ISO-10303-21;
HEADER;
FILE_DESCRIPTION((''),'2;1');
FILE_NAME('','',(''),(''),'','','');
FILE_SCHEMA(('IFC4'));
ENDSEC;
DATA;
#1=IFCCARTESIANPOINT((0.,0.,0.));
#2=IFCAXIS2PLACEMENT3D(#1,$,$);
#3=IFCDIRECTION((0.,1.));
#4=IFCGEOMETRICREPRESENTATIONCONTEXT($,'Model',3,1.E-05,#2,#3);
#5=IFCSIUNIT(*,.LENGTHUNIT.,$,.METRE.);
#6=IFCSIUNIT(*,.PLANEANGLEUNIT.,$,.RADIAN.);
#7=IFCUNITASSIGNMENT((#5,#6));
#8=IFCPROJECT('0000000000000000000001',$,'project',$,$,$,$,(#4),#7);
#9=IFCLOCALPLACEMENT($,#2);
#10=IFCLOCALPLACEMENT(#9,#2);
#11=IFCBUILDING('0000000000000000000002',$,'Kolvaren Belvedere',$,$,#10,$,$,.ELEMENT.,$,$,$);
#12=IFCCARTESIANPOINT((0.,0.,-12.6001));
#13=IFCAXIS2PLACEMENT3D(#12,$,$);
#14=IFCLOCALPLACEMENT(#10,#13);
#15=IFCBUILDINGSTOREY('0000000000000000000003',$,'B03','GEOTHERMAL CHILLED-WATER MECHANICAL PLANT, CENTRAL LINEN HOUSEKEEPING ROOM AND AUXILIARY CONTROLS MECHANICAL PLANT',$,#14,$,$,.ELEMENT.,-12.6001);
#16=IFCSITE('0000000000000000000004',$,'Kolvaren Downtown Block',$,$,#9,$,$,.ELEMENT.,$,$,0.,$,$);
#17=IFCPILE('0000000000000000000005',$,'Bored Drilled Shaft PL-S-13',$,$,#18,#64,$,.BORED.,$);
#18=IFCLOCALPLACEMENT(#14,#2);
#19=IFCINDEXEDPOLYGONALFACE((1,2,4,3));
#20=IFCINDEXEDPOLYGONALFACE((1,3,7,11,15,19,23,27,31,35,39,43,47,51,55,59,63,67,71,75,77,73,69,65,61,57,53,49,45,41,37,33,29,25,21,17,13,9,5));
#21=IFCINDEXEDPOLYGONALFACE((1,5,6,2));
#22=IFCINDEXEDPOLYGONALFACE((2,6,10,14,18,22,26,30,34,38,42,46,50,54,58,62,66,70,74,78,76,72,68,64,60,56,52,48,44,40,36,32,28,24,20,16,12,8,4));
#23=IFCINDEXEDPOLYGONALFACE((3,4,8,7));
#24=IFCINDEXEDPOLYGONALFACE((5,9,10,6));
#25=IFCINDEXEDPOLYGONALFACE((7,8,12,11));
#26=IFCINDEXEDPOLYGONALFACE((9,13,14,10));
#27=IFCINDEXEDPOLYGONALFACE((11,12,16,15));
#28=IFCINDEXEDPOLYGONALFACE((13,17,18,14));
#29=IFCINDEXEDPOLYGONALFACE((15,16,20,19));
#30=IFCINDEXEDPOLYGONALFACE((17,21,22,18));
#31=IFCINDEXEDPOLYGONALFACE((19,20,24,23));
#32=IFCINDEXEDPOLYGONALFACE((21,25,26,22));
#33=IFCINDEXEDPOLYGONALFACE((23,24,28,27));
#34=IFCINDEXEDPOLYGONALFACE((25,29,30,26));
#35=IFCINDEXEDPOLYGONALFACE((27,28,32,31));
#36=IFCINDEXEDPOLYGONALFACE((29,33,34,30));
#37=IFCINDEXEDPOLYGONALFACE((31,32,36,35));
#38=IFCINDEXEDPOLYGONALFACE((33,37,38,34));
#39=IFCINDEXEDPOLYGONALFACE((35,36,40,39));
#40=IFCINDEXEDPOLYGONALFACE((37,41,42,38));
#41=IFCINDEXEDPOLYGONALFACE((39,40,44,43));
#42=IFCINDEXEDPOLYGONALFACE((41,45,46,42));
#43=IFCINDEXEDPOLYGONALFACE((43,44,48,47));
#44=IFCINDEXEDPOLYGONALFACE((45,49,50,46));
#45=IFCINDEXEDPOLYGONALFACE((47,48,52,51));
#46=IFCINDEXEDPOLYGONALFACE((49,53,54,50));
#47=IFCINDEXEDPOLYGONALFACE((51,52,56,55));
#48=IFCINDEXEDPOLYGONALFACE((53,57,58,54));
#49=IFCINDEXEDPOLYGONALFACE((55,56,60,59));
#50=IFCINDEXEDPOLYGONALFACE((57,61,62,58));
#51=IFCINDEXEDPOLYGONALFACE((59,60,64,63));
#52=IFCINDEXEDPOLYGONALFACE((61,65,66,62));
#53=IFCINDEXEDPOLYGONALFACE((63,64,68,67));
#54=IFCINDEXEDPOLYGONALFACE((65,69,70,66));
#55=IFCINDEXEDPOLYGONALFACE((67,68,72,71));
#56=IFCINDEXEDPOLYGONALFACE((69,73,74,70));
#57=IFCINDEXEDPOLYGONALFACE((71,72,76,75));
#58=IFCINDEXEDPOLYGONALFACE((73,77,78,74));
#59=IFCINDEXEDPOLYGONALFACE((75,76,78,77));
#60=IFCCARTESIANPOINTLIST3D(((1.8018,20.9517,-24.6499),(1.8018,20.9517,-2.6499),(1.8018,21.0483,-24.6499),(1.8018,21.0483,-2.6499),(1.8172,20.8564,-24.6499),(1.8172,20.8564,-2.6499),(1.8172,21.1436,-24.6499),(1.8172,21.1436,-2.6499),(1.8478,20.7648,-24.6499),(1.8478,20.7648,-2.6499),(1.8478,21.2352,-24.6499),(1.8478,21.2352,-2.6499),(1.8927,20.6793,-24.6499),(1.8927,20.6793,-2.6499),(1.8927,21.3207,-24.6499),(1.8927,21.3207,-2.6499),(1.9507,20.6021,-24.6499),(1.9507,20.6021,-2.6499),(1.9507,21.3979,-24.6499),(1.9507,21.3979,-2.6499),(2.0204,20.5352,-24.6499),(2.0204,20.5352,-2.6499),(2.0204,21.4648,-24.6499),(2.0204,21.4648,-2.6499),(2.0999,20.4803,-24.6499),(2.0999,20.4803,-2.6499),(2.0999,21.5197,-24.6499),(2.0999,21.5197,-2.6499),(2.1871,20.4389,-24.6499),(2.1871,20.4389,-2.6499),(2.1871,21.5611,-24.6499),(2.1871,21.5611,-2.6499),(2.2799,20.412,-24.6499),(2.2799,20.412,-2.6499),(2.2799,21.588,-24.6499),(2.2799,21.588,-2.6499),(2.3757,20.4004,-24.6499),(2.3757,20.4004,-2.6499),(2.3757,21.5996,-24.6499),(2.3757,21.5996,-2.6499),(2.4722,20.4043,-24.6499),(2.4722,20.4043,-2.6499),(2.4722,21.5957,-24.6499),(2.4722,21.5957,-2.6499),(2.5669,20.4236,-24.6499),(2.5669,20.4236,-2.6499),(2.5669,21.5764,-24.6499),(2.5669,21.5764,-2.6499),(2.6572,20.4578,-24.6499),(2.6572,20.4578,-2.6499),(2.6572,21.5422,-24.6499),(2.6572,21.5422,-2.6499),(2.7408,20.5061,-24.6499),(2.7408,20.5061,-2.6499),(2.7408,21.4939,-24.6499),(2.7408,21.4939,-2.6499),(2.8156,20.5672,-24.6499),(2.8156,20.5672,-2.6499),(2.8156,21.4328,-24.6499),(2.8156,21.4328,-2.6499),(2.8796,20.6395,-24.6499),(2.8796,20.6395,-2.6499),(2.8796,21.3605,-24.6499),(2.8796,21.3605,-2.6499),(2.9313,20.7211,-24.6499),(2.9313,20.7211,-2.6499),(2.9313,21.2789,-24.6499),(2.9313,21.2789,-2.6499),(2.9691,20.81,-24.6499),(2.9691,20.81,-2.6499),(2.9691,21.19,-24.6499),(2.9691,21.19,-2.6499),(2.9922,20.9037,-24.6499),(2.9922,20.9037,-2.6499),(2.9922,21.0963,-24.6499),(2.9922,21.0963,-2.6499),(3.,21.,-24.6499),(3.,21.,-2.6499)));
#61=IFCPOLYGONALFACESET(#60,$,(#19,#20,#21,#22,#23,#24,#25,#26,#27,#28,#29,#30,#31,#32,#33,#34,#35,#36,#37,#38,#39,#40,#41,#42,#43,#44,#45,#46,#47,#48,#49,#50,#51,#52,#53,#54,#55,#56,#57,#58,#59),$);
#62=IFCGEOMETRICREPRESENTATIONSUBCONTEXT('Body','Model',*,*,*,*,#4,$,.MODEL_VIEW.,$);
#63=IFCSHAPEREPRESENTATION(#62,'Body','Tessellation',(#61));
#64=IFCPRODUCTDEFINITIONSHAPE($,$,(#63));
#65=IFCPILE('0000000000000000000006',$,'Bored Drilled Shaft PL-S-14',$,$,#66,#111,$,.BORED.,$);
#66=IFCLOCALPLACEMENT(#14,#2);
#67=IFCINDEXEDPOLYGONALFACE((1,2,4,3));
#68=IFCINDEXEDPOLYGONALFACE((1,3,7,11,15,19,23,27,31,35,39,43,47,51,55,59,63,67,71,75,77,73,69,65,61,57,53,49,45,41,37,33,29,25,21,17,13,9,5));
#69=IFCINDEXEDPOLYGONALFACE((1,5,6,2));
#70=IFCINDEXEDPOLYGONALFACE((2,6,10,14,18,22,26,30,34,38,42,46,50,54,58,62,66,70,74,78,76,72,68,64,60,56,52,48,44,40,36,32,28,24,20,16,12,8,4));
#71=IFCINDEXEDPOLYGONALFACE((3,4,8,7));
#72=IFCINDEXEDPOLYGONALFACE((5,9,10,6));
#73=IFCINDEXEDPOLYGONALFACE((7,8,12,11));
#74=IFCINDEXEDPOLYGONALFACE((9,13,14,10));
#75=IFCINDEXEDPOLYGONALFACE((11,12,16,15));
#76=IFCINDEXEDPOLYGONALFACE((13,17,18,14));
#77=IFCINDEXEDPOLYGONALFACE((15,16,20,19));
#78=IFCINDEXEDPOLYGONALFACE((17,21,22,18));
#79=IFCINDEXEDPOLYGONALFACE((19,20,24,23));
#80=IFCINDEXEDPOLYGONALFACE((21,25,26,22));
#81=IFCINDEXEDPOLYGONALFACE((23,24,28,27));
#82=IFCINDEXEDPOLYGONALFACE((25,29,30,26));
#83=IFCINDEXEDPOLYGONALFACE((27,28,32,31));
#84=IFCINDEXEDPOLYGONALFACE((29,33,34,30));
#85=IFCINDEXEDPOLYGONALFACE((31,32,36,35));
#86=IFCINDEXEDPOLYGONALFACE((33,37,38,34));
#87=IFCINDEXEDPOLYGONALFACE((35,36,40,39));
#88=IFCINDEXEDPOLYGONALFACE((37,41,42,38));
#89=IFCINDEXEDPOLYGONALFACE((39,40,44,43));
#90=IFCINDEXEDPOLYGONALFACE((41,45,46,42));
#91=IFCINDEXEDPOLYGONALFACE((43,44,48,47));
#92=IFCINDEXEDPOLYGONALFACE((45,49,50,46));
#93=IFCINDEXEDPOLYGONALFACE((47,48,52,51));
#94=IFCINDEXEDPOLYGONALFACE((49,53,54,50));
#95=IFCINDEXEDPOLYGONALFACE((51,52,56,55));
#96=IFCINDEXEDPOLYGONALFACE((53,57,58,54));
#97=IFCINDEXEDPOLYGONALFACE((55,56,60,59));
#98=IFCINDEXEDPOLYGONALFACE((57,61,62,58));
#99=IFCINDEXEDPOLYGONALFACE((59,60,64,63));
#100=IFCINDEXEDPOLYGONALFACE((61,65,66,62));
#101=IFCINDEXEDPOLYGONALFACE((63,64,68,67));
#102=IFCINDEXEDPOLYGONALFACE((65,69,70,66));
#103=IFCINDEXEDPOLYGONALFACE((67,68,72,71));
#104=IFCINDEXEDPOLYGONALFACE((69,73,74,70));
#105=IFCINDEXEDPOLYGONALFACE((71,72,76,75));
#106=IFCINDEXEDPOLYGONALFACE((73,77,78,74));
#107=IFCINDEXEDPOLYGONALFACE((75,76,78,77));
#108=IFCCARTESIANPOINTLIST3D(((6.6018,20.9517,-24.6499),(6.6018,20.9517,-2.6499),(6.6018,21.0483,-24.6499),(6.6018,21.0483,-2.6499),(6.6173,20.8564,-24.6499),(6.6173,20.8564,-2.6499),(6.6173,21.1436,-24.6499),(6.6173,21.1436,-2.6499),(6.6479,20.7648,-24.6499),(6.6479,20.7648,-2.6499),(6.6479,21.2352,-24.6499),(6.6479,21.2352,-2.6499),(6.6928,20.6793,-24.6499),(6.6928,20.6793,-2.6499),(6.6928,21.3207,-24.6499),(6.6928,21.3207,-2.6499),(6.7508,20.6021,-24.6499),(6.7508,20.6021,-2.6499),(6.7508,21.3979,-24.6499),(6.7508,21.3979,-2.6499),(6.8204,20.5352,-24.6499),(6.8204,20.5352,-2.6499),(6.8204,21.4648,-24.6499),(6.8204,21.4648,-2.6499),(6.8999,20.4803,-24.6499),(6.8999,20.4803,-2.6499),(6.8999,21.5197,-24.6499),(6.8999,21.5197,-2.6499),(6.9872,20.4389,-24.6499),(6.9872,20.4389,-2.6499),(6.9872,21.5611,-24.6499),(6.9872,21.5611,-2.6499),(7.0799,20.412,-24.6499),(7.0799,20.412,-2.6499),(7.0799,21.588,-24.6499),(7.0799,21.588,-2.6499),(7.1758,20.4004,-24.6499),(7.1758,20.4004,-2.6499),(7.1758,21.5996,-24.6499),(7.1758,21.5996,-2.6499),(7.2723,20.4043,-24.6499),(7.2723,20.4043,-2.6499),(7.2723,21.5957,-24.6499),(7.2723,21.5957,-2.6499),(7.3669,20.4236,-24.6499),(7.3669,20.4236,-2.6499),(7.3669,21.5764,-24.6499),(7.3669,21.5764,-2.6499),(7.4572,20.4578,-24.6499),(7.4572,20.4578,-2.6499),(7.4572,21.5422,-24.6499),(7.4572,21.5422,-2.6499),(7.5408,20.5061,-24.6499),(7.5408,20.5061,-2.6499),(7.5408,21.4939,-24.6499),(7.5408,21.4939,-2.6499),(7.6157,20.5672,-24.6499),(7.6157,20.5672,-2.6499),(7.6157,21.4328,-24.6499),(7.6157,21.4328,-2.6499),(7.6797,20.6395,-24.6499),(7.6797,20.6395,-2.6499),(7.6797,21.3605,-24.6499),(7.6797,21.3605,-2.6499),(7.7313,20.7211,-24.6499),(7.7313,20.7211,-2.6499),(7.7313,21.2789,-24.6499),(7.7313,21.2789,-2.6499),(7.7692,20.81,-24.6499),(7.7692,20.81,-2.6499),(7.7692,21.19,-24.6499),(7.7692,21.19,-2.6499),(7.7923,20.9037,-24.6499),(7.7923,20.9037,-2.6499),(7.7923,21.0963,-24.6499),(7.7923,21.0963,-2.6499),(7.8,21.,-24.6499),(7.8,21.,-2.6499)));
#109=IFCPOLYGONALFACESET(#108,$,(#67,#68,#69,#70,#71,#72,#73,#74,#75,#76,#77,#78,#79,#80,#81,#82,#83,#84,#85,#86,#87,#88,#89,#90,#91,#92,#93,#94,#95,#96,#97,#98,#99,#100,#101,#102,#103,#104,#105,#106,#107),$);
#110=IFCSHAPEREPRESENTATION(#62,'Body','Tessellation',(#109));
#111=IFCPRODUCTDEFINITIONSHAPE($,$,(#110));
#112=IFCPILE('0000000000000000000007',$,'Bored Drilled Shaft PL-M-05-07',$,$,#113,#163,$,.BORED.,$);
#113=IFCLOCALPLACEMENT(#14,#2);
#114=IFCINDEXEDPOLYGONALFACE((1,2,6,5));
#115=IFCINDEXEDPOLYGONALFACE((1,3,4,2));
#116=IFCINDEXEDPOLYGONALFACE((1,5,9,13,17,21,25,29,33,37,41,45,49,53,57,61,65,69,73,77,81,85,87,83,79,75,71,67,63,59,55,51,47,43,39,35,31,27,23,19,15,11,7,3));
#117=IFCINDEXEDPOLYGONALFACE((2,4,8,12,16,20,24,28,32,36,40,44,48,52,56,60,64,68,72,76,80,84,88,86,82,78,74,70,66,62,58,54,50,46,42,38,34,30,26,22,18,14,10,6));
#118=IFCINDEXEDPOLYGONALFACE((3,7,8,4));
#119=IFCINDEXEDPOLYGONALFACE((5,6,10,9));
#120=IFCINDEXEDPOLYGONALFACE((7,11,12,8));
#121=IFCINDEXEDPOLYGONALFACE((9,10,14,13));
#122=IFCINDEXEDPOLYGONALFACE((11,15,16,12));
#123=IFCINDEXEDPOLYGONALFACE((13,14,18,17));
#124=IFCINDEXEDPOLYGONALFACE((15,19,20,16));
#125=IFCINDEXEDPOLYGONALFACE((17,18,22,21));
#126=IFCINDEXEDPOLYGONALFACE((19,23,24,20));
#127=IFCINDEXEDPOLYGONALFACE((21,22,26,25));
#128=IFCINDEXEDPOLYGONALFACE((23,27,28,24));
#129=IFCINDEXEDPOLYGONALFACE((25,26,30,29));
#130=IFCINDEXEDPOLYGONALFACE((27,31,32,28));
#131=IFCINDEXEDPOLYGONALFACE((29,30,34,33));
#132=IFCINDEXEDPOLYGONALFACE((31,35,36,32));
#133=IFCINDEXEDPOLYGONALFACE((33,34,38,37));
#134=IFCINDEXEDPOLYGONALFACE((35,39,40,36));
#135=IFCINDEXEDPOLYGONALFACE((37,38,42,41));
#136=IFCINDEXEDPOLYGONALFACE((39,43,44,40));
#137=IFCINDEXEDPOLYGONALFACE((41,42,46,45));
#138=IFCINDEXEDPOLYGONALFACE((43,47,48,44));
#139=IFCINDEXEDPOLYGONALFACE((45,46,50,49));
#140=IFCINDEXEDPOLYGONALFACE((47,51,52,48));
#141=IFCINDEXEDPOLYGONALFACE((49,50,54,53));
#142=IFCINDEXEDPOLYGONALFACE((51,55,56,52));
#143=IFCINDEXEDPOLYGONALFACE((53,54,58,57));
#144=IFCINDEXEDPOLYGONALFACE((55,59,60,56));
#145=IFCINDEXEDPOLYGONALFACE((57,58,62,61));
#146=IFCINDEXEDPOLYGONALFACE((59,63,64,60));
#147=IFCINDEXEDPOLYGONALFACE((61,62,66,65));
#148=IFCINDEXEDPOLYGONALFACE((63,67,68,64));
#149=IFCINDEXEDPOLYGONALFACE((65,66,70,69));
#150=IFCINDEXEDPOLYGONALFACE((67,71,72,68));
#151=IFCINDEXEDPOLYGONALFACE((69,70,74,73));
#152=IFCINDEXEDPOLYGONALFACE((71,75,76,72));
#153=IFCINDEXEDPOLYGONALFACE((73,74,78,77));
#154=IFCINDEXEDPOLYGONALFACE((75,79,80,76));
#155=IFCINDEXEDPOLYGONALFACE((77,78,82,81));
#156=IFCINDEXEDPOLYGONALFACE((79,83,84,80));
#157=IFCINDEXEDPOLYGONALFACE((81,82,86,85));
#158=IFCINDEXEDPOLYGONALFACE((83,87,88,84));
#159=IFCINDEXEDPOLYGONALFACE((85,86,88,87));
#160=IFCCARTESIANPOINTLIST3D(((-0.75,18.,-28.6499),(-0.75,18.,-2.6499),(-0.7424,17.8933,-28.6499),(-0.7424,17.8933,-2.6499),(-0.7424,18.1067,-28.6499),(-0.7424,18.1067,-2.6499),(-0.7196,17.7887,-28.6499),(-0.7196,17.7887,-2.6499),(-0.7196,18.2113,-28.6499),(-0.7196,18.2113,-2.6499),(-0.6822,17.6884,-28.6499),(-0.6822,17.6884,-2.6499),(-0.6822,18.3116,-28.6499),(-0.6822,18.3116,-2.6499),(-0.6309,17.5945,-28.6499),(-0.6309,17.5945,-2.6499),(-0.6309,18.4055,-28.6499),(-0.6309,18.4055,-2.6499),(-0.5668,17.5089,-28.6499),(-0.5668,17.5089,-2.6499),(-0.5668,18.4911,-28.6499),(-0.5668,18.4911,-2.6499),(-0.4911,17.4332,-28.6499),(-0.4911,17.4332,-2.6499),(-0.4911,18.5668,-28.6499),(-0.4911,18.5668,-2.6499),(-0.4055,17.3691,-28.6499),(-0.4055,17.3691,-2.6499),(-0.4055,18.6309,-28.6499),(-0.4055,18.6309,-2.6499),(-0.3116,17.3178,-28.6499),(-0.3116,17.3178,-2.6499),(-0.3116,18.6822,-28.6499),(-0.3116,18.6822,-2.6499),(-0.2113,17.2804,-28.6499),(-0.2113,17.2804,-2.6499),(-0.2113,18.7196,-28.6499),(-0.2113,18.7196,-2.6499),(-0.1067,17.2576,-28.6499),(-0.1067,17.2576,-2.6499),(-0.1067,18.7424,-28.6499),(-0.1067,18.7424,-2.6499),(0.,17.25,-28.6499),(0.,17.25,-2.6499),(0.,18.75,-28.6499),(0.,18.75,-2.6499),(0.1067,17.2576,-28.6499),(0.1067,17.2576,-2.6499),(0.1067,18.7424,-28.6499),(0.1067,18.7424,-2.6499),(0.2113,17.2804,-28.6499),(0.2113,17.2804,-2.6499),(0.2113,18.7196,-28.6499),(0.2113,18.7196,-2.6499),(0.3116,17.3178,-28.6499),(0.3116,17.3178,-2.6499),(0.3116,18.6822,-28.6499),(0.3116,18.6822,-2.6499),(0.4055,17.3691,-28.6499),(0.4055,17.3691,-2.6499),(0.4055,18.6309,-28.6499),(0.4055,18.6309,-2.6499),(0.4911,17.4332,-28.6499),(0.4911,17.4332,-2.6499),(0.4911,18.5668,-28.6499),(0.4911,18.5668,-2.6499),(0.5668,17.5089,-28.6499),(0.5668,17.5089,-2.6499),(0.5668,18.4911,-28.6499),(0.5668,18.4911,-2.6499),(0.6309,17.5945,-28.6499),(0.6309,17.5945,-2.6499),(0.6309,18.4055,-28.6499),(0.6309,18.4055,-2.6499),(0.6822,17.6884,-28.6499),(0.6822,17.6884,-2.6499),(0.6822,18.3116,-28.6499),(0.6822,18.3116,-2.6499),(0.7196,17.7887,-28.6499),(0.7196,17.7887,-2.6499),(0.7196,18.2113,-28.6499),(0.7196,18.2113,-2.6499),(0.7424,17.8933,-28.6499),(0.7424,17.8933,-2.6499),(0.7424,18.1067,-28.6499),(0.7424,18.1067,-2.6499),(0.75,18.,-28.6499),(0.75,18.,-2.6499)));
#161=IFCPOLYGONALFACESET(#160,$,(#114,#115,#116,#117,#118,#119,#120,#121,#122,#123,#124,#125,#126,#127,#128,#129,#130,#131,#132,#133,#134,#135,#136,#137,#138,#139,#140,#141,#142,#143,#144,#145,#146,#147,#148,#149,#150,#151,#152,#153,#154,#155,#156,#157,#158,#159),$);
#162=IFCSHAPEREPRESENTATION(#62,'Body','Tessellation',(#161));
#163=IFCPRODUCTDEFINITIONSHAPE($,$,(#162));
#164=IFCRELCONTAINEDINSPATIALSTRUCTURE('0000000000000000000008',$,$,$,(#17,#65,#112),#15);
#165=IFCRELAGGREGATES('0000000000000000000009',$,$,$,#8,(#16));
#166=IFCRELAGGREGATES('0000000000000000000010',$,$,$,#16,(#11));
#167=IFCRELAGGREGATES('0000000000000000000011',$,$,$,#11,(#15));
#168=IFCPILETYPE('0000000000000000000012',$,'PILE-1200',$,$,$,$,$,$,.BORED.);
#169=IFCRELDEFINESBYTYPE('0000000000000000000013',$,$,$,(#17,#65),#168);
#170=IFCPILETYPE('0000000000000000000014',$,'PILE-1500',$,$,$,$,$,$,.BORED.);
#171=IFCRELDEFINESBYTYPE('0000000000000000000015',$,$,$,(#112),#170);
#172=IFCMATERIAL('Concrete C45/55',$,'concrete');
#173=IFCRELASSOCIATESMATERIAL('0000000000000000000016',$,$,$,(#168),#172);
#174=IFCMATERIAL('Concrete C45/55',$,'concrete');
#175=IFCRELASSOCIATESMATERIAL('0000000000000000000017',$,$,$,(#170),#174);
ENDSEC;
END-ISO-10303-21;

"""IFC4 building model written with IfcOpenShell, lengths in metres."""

from ifc_helpers import new_model, si_unit, direction, frame, origin, origin_2d, place, context, subcontext, project, spatial, circle, extrude, material, material_profile, profile_set, type_object, element, save


model = new_model("IFC4")

# Units and contexts
model_context = context("Model", 3, precision=1e-05, world=origin(), true_north=direction((0.0, 1.0)))
body_context = subcontext(model_context, "Body", "Model", "MODEL_VIEW")
ifc_project = project(units=[si_unit("LENGTHUNIT", "METRE"), si_unit("PLANEANGLEUNIT", "RADIAN")], contexts=[model_context])

# Site, building, storey
site_placement = place(None, origin())
site = spatial("IfcSite", under=ifc_project, at=site_placement, Name="Kolvaren Downtown Block", CompositionType="ELEMENT", RefElevation=0.0)
building_placement = place(site_placement, origin())
building = spatial("IfcBuilding", under=site, at=building_placement, Name="Kolvaren Belvedere", CompositionType="ELEMENT")
storey_placement = place(building_placement, frame((0.0, 0.0, -12.6001)))
storey = spatial("IfcBuildingStorey", under=building, at=storey_placement, Name="B03", Description="GEOTHERMAL CHILLED-WATER MECHANICAL PLANT, CENTRAL LINEN HOUSEKEEPING ROOM AND AUXILIARY CONTROLS MECHANICAL PLANT", CompositionType="ELEMENT", Elevation=-12.6001)

# Piles
ifc_material_1 = material(Name="Concrete C45/55", Category="concrete")
ifc_material_profile_1 = material_profile(ifc_material_1, circle(Radius=0.6001, at=origin_2d()), Name="BORED PILE D1200")
ifc_profile_set_1 = profile_set([ifc_material_profile_1], Name="Concrete C45/55")
pile_type_1 = type_object("IfcPileType", Name="PILE-1200", PredefinedType="BORED", material=ifc_profile_set_1)
for number, where, z_axis, x_axis, name in (
    (1, (2.3999, 21.0, -2.6499), (0.0, 0.0, -1.0), (1.0, 0.0, 0.0), "Bored Drilled Shaft PL-S-13"),
    (2, (7.2, 21.0, -2.6499), (0.0, 0.0, -1.0), (1.0, 0.0, 0.0), "Bored Drilled Shaft PL-S-14"),
):
    element("IfcPile", number, at=place(storey_placement, frame(where, z_axis=z_axis, x_axis=x_axis)), inside=storey, type_object=pile_type_1, Name=name, PredefinedType="BORED", context=body_context, shape_type="SweptSolid", body=[
        extrude(circle(Radius=0.6001, at=origin_2d()), origin(), (0.0, 0.0, 1.0), 22.0),
    ])
ifc_material_2 = material(Name="Concrete C45/55", Category="concrete")
ifc_material_profile_2 = material_profile(ifc_material_2, circle(Radius=0.75, at=origin_2d()), Name="BORED PILE D1500")
ifc_profile_set_2 = profile_set([ifc_material_profile_2], Name="Concrete C45/55")
pile_type_2 = type_object("IfcPileType", Name="PILE-1500", PredefinedType="BORED", material=ifc_profile_set_2)
for number, where, z_axis, x_axis, name in (
    (3, (0.0, 18.0, -2.6499), (0.0, 0.0, -1.0), (1.0, 0.0, 0.0), "Bored Drilled Shaft PL-M-05-07"),
):
    element("IfcPile", number, at=place(storey_placement, frame(where, z_axis=z_axis, x_axis=x_axis)), inside=storey, type_object=pile_type_2, Name=name, PredefinedType="BORED", context=body_context, shape_type="SweptSolid", body=[
        extrude(circle(Radius=0.75, at=origin_2d()), origin(), (0.0, 0.0, 1.0), 26.0),
    ])

save(model, "model.ifc")
